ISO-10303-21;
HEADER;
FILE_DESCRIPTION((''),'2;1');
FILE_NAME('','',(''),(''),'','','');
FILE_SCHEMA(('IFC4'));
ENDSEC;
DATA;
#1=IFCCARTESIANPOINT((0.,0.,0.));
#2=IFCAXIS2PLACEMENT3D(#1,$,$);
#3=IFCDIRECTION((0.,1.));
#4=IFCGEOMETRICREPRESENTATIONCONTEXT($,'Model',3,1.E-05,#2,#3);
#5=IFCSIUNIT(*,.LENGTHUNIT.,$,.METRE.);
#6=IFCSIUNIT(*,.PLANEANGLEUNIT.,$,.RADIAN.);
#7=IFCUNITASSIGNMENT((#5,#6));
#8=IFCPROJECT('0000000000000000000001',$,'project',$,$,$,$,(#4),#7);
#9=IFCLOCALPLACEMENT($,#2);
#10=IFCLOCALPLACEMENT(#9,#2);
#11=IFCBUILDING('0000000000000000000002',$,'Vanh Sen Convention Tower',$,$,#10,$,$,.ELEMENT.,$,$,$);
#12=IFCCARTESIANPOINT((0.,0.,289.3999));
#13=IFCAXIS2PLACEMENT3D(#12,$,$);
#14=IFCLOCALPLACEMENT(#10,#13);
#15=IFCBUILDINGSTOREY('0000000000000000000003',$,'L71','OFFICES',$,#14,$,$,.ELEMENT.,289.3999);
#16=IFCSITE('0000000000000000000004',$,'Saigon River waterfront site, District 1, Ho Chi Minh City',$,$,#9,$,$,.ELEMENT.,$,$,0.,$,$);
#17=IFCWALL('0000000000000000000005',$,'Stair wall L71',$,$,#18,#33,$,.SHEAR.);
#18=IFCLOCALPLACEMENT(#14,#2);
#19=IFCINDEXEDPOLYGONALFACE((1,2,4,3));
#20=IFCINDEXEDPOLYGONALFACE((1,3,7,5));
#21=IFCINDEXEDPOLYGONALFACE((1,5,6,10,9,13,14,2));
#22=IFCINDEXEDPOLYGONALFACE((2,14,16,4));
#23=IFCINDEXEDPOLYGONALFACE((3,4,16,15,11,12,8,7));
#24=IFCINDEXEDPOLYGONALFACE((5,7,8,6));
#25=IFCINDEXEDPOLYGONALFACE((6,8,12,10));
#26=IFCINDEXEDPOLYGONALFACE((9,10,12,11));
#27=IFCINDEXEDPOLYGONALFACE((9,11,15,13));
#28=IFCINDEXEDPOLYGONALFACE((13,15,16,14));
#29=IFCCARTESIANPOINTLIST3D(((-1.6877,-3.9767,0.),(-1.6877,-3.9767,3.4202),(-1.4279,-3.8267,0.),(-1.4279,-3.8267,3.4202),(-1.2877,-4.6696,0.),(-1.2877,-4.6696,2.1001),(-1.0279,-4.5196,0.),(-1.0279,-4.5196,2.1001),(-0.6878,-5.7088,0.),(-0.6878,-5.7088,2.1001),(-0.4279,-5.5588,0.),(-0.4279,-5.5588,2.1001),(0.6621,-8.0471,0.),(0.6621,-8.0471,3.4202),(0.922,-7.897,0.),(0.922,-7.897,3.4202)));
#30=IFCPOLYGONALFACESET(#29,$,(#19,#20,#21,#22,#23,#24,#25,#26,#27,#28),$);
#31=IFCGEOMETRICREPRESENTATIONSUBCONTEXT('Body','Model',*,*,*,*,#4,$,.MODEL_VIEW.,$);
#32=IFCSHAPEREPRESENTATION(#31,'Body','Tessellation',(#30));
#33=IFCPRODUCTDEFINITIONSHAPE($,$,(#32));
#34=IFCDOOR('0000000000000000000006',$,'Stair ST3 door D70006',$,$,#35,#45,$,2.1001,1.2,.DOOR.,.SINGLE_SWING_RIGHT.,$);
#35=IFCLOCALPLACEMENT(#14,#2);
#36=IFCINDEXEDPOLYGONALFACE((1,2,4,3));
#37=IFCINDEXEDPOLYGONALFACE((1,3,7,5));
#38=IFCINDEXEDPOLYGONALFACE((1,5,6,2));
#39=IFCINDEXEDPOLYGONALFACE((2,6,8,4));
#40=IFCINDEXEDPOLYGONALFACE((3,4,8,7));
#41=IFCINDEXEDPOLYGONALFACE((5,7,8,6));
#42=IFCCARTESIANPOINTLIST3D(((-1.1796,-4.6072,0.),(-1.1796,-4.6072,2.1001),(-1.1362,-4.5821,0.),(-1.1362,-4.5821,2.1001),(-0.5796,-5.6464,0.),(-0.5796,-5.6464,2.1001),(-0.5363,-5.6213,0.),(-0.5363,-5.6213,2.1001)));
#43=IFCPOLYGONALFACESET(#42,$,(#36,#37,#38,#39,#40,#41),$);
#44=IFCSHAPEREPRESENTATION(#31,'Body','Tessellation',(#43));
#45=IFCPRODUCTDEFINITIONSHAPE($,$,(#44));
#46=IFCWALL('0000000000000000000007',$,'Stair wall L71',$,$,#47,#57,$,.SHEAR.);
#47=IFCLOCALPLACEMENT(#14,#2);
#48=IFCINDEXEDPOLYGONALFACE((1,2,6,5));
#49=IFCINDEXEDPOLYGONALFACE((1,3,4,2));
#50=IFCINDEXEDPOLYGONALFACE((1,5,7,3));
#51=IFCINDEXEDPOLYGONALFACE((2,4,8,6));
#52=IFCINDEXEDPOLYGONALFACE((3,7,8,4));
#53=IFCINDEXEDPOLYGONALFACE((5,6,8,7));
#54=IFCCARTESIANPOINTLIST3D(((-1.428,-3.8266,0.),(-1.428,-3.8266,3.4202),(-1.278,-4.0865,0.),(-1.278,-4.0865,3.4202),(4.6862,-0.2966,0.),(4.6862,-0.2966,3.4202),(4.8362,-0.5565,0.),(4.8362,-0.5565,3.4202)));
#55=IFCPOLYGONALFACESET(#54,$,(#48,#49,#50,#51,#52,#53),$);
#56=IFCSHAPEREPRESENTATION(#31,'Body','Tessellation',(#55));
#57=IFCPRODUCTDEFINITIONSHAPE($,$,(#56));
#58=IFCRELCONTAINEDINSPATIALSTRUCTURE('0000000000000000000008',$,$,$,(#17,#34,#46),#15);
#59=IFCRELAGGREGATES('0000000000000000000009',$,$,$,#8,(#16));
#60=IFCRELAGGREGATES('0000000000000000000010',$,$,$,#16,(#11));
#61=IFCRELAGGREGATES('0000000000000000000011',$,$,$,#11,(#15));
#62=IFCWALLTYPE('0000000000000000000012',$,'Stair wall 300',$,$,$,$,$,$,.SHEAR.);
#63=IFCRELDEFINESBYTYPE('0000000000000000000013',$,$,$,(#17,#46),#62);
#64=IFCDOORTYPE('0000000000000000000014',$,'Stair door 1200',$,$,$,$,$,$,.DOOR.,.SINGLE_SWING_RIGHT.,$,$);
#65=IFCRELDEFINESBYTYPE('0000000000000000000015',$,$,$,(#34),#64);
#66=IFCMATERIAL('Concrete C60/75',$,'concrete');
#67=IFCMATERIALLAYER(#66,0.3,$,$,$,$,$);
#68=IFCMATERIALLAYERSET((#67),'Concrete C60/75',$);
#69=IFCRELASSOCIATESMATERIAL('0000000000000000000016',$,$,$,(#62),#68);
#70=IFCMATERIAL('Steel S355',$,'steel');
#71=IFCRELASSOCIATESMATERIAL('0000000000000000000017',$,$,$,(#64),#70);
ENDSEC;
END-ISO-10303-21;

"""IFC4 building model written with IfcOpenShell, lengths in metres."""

from ifc_helpers import new_model, si_unit, direction, frame, frame_2d, origin, place, context, subcontext, project, spatial, rectangle, extrude, material, layer, layer_set, type_object, element, fill, save


model = new_model("IFC4")

# Units and contexts
model_context = context("Model", 3, precision=1e-05, world=origin(), true_north=direction((0.0, 1.0)))
body_context = subcontext(model_context, "Body", "Model", "MODEL_VIEW")
ifc_project = project(units=[si_unit("LENGTHUNIT", "METRE"), si_unit("PLANEANGLEUNIT", "RADIAN")], contexts=[model_context])

# Site, building, storey
site_placement = place(None, origin())
site = spatial("IfcSite", under=ifc_project, at=site_placement, Name="Saigon River waterfront site, District 1, Ho Chi Minh City", CompositionType="ELEMENT", RefElevation=0.0)
building_placement = place(site_placement, origin())
building = spatial("IfcBuilding", under=site, at=building_placement, Name="Vanh Sen Convention Tower", CompositionType="ELEMENT")
storey_placement = place(building_placement, frame((0.0, 0.0, 289.3999)))
storey = spatial("IfcBuildingStorey", under=building, at=storey_placement, Name="L71", Description="OFFICES", CompositionType="ELEMENT", Elevation=289.3999)

# Shared definitions
ifc_material_1 = material(Name="Concrete C60/75", Category="concrete")
ifc_material_2 = material(Name="Steel S355", Category="steel")

# Shared definitions
ifc_layer_1 = layer(ifc_material_1, 0.3)
ifc_layer_set_1 = layer_set([ifc_layer_1], Name="Concrete C60/75")
wall_type_1 = type_object("IfcWallType", Name="Stair wall 300", PredefinedType="SHEAR", material=ifc_layer_set_1)

# Wall, opening, door
wall_1_placement = place(storey_placement, frame((-1.5579, -3.9016, 0.0), z_axis=(0.0, 0.0, 1.0), x_axis=(0.499977, -0.866039, 0.0)))
wall_1 = element("IfcWall", 1, at=wall_1_placement, inside=storey, type_object=wall_type_1, Name="Stair wall L71", PredefinedType="SHEAR", context=body_context, shape_type="SweptSolid", body=[
    extrude(rectangle(XDim=4.7, YDim=0.3, at=frame_2d((2.3501, 0.0))), origin(), (0.0, 0.0, 1.0), 3.4202),
])
opening_1_placement = place(wall_1_placement, frame((0.8, 0.0, 0.0)))
opening_1 = element("IfcOpeningElement", 2, at=opening_1_placement, cuts=wall_1, PredefinedType="OPENING", context=body_context, shape_type="SweptSolid", body=[
    extrude(rectangle(XDim=1.2, YDim=2.1001, at=frame_2d((0.6001, 1.05))), frame((0.0, 0.1599, 0.0), z_axis=(0.0, -1.0, 0.0), x_axis=(1.0, 0.0, 0.0)), (0.0, 0.0, 1.0), 0.3201),
])
door_type_1 = type_object("IfcDoorType", Name="Stair door 1200", OperationType="SINGLE_SWING_RIGHT", PredefinedType="DOOR", material=ifc_material_2)
door_1_placement = place(opening_1_placement, origin())
door_1 = element("IfcDoor", 3, at=door_1_placement, inside=storey, type_object=door_type_1, Name="Stair ST3 door D70006", OperationType="SINGLE_SWING_RIGHT", OverallHeight=2.1001, OverallWidth=1.2, PredefinedType="DOOR", context=body_context, shape_type="SweptSolid", body=[
    extrude(rectangle(XDim=1.2, YDim=2.1001, at=frame_2d((0.6001, 1.05))), frame((0.0, 0.0249, 0.0), z_axis=(0.0, -1.0, 0.0), x_axis=(1.0, 0.0, 0.0)), (0.0, 0.0, 1.0), 0.05),
])
fill(opening_1, door_1)

# Wall
wall_2_placement = place(storey_placement, frame((-1.353, -3.9565, 0.0), z_axis=(0.0, 0.0, 1.0), x_axis=(0.866028, 0.499996, 0.0)))
element("IfcWall", 4, at=wall_2_placement, inside=storey, type_object=wall_type_1, Name="Stair wall L71", PredefinedType="SHEAR", context=body_context, shape_type="SweptSolid", body=[
    extrude(rectangle(XDim=7.0601, YDim=0.3, at=frame_2d((3.53, 0.0))), origin(), (0.0, 0.0, 1.0), 3.4202),
])

save(model, "model.ifc")
